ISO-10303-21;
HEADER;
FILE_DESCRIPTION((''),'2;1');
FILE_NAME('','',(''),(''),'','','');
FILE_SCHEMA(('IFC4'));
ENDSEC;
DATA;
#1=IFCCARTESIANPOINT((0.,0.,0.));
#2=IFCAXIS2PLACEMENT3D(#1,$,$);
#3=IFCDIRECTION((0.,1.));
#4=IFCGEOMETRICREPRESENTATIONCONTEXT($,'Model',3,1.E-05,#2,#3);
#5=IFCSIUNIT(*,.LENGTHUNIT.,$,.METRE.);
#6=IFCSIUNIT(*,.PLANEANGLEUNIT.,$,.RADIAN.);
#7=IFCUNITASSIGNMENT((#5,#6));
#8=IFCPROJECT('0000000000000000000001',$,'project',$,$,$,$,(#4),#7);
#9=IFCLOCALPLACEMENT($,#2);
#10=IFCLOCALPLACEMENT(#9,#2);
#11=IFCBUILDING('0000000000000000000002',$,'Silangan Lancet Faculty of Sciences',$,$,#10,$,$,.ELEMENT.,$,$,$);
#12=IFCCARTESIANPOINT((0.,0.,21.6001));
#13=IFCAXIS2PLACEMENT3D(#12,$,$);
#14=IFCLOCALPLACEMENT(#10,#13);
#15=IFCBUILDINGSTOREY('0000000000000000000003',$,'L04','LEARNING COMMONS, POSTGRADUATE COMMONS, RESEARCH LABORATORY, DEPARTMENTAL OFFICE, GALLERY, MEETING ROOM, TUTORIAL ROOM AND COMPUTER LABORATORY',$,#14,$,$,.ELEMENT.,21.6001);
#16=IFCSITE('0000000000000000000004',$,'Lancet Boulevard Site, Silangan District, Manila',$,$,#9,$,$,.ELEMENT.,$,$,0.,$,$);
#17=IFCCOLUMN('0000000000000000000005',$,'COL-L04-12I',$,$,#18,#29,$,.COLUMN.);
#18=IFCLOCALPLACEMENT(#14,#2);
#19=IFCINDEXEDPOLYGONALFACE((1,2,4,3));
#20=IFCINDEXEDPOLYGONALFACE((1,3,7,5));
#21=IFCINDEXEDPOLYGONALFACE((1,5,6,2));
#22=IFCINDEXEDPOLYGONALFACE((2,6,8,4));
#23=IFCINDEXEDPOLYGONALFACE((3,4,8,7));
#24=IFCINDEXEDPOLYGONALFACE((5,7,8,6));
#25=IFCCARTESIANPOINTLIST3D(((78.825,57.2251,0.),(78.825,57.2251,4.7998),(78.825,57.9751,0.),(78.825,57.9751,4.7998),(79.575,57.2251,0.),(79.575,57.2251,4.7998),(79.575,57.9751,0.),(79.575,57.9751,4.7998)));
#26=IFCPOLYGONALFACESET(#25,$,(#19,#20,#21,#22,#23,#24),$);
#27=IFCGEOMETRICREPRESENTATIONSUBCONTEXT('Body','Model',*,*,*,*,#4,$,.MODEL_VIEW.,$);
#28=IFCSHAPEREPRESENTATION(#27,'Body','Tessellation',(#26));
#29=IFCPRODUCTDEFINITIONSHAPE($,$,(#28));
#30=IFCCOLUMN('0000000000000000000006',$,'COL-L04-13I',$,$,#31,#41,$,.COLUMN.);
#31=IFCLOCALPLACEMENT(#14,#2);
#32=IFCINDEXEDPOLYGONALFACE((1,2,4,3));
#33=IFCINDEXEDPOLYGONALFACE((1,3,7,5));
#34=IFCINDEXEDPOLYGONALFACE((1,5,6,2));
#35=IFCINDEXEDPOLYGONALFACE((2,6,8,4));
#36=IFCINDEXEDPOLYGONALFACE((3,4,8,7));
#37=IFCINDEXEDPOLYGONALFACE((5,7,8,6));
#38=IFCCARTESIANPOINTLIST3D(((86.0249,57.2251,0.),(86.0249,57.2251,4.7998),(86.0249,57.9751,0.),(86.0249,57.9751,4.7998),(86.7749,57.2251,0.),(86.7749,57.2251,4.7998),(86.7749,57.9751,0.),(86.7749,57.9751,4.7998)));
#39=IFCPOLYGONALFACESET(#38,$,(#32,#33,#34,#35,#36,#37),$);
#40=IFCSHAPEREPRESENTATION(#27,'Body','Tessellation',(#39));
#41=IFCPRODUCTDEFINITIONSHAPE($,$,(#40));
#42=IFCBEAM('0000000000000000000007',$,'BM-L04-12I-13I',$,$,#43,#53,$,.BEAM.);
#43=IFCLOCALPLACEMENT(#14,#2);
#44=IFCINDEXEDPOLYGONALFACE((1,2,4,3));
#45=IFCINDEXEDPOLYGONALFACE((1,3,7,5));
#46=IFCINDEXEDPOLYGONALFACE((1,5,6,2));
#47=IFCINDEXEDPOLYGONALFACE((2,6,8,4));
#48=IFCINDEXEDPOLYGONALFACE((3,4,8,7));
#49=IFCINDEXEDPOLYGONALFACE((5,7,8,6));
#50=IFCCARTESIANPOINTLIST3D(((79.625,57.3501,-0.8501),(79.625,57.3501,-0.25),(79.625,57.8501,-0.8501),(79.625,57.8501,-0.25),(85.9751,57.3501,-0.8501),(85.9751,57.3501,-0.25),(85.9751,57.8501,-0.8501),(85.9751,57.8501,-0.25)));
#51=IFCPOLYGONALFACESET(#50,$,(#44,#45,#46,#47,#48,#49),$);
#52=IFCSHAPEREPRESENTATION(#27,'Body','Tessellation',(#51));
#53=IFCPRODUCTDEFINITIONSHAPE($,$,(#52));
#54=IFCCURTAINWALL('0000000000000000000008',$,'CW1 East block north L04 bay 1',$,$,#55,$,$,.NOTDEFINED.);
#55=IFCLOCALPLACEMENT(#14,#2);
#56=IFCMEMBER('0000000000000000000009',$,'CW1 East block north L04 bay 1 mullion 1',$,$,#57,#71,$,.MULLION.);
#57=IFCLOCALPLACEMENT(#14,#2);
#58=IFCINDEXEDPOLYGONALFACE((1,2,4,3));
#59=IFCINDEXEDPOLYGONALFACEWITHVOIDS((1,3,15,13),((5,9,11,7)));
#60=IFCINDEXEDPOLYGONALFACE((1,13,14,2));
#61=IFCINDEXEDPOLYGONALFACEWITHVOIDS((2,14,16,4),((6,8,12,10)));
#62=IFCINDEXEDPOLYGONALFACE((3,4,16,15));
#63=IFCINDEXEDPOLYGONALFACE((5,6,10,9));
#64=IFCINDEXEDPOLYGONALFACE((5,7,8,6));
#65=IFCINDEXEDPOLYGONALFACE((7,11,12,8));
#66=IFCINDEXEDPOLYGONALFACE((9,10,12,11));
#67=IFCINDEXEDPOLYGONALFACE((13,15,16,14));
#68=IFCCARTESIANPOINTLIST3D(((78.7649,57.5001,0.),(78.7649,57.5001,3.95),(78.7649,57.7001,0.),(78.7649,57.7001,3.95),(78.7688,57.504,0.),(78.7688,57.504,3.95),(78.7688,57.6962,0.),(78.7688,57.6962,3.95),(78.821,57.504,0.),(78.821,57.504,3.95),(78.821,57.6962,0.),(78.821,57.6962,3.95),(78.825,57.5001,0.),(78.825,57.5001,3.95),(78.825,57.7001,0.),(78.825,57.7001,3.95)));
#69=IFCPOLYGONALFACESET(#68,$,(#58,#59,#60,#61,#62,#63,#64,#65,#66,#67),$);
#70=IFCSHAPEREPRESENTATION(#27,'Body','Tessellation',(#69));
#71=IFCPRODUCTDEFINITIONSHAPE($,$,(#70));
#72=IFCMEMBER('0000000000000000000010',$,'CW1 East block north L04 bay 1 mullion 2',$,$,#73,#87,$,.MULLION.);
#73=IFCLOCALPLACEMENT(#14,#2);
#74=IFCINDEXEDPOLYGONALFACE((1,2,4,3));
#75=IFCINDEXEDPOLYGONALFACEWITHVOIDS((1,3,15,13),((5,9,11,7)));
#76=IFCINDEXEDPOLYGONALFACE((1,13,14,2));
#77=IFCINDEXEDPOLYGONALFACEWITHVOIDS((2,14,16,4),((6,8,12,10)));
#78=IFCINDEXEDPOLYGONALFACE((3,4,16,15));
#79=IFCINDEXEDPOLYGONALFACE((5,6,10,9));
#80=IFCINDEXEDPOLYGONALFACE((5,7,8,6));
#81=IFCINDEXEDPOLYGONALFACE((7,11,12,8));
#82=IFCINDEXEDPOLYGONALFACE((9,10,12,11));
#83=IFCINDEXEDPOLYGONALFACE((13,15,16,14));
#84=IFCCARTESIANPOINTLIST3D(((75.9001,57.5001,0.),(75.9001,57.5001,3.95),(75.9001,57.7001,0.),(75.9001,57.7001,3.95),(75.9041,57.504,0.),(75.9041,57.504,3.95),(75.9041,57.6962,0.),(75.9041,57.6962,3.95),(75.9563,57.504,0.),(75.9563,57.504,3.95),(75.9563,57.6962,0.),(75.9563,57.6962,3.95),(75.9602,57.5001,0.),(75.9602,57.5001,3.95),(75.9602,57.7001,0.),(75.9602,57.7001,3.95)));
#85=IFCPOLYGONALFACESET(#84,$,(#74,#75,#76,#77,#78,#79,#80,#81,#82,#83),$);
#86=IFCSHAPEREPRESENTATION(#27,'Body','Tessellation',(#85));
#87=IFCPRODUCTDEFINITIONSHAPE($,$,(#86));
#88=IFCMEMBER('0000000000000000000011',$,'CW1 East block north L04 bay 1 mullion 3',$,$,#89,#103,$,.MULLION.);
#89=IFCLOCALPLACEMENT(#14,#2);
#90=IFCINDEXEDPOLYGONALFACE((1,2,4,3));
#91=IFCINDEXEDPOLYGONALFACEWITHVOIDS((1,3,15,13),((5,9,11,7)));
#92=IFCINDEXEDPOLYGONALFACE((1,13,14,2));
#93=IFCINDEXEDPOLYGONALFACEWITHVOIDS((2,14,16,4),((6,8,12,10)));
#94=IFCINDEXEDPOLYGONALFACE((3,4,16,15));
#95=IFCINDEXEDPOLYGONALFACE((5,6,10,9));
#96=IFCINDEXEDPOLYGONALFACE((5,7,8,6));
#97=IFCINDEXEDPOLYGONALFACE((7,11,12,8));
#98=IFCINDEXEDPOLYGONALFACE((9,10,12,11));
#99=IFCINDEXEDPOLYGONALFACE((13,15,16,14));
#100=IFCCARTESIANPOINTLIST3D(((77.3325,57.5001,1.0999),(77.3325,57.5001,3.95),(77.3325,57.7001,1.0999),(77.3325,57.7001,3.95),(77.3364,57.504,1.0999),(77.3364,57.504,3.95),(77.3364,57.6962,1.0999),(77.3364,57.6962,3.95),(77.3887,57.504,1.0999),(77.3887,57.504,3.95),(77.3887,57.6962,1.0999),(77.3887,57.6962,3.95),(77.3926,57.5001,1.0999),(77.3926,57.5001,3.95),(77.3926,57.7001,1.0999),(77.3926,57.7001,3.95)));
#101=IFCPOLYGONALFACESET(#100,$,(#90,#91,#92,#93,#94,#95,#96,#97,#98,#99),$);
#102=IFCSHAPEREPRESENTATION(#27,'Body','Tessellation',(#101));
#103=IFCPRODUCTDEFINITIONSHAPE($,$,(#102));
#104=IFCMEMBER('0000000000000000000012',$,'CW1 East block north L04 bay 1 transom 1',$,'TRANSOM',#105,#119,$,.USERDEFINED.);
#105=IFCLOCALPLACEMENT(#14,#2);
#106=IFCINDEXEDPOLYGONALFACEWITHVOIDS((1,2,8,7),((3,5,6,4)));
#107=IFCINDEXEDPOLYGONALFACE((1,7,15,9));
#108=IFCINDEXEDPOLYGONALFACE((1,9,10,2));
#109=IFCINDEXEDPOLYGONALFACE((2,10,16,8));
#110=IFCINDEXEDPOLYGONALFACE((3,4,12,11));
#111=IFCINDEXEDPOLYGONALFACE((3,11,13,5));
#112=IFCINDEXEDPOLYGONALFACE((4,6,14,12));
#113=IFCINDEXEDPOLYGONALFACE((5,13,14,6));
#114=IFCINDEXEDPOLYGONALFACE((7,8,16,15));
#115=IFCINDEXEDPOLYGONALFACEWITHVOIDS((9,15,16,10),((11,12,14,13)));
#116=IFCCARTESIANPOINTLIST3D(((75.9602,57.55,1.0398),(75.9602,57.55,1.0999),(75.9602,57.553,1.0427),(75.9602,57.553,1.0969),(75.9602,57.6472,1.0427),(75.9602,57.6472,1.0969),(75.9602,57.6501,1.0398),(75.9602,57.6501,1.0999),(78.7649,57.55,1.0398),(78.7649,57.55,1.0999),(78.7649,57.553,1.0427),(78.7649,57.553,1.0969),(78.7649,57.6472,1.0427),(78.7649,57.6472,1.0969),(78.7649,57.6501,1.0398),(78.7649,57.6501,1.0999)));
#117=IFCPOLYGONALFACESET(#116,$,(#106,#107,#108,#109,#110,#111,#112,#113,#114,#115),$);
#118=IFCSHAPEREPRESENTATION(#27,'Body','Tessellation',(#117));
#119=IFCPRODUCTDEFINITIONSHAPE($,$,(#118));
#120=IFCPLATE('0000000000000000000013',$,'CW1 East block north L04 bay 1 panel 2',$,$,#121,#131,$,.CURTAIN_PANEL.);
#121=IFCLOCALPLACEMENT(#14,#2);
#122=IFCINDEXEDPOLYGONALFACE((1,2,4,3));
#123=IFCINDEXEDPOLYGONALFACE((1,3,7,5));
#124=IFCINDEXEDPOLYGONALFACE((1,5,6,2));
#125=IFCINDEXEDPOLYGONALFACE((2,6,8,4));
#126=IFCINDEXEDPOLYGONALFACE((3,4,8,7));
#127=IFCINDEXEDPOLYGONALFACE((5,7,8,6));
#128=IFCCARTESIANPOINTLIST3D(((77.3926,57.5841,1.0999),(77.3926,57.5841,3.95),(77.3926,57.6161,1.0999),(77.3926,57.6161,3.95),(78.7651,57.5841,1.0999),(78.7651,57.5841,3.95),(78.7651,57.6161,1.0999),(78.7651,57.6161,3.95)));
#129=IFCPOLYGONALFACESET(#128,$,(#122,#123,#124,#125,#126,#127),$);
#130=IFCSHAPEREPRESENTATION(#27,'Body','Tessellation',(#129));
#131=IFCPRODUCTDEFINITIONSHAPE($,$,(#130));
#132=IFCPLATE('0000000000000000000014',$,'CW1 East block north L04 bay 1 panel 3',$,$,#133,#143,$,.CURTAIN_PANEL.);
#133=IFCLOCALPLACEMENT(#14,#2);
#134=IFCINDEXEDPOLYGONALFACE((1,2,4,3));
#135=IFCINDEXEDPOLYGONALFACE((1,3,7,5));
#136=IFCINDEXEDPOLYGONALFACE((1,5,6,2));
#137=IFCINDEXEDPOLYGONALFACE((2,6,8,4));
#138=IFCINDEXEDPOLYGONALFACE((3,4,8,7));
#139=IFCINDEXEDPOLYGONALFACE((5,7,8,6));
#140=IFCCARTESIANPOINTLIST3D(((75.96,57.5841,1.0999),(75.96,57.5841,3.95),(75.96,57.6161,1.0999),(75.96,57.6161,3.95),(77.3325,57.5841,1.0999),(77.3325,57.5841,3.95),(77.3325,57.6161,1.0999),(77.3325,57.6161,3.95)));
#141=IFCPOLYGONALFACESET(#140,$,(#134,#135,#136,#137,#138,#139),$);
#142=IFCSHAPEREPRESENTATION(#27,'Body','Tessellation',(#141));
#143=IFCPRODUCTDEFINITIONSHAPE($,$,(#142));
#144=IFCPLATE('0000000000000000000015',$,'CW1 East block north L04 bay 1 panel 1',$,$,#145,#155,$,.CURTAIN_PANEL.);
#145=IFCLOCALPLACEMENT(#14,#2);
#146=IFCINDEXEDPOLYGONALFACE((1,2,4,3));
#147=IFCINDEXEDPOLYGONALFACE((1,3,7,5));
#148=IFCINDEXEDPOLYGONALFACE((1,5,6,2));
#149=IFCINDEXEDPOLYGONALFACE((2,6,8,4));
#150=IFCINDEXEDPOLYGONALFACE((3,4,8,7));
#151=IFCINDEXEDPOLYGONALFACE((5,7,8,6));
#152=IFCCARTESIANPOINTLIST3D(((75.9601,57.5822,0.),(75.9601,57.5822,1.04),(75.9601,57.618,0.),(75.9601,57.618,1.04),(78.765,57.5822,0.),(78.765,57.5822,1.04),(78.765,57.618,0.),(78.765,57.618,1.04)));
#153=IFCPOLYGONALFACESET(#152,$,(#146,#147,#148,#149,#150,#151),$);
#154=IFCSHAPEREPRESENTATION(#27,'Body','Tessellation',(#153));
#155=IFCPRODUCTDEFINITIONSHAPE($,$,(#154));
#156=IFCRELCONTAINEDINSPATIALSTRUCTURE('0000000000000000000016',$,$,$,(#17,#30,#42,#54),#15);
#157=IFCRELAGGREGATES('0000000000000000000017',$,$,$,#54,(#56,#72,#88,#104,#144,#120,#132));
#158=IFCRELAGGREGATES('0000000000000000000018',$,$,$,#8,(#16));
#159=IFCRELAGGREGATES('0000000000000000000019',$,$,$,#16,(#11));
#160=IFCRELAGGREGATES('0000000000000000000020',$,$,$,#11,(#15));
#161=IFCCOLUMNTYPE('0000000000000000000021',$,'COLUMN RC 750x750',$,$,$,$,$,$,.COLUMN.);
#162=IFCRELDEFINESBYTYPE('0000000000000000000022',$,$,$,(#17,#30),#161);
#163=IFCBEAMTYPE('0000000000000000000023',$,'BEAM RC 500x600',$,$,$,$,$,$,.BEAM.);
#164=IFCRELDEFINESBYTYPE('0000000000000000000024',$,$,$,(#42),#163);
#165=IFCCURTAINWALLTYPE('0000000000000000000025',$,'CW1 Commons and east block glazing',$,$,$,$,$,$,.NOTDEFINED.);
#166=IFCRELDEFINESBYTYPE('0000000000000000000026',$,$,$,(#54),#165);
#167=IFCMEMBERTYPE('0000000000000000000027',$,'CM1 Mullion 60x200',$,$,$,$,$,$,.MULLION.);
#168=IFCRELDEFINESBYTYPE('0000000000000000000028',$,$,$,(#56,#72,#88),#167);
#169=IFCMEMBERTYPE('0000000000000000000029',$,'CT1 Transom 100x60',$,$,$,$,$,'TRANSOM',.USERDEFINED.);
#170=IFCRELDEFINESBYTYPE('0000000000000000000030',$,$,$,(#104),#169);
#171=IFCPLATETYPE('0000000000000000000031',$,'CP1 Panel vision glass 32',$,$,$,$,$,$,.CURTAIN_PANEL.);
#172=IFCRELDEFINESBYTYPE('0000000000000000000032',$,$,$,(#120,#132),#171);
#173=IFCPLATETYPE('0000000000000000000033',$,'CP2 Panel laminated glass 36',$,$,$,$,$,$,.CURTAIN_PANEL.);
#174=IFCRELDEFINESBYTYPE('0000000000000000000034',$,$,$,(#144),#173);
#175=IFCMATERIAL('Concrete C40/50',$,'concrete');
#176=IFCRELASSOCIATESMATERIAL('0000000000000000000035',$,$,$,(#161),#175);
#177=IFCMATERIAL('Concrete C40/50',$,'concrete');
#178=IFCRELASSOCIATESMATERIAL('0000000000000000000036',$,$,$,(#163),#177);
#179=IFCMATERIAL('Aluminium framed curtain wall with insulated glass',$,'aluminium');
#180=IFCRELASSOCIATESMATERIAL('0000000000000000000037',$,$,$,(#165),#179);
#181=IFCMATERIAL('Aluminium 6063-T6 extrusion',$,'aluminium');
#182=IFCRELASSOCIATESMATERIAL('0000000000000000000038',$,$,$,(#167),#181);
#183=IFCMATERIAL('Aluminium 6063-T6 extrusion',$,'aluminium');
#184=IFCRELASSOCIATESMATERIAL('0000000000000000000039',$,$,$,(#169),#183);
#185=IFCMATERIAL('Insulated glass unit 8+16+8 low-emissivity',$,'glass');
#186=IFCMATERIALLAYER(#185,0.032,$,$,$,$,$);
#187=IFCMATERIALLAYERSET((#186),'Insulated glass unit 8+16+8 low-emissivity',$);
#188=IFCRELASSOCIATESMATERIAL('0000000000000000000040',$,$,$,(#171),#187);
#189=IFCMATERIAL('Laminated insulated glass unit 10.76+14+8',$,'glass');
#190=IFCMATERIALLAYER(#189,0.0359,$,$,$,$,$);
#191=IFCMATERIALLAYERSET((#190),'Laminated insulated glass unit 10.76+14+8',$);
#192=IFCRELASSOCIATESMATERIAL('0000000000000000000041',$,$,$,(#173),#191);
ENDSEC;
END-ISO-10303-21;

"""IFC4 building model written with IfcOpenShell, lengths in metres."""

from ifc_helpers import new_model, si_unit, direction, frame, origin, origin_2d, place, context, subcontext, project, spatial, rectangle, hollow_rectangle, extrude, material, layer, layer_set, material_profile, profile_set, type_object, element, aggregate, save


model = new_model("IFC4")

# Units and contexts
model_context = context("Model", 3, precision=1e-05, world=origin(), true_north=direction((0.0, 1.0)))
body_context = subcontext(model_context, "Body", "Model", "MODEL_VIEW")
ifc_project = project(units=[si_unit("LENGTHUNIT", "METRE"), si_unit("PLANEANGLEUNIT", "RADIAN")], contexts=[model_context])

# Site, building, storey
site_placement = place(None, origin())
site = spatial("IfcSite", under=ifc_project, at=site_placement, Name="Lancet Boulevard Site, Silangan District, Manila", CompositionType="ELEMENT", RefElevation=0.0)
building_placement = place(site_placement, origin())
building = spatial("IfcBuilding", under=site, at=building_placement, Name="Silangan Lancet Faculty of Sciences", CompositionType="ELEMENT")
storey_placement = place(building_placement, frame((0.0, 0.0, 21.6001)))
storey = spatial("IfcBuildingStorey", under=building, at=storey_placement, Name="L04", Description="LEARNING COMMONS, POSTGRADUATE COMMONS, RESEARCH LABORATORY, DEPARTMENTAL OFFICE, GALLERY, MEETING ROOM, TUTORIAL ROOM AND COMPUTER LABORATORY", CompositionType="ELEMENT", Elevation=21.6001)

# Columns
ifc_material_1 = material(Name="Concrete C40/50", Category="concrete")
ifc_material_profile_1 = material_profile(ifc_material_1, rectangle(XDim=0.75, YDim=0.75, at=origin_2d()), Name="RC 750x750")
ifc_profile_set_1 = profile_set([ifc_material_profile_1], Name="Concrete C40/50")
column_type = type_object("IfcColumnType", Name="COLUMN RC 750x750", PredefinedType="COLUMN", material=ifc_profile_set_1)
for number, where, z_axis, x_axis, name in (
    (1, (79.2, 57.6001, 0.0), (0.0, 0.0, 1.0), (1.0, 0.0, 0.0), "COL-L04-12I"),
    (2, (86.3999, 57.6001, 0.0), (0.0, 0.0, 1.0), (1.0, 0.0, 0.0), "COL-L04-13I"),
):
    element("IfcColumn", number, at=place(storey_placement, frame(where, z_axis=z_axis, x_axis=x_axis)), inside=storey, type_object=column_type, Name=name, PredefinedType="COLUMN", context=body_context, shape_type="SweptSolid", body=[
        extrude(rectangle(XDim=0.75, YDim=0.75, at=origin_2d()), origin(), (0.0, 0.0, 1.0), 4.7998),
    ])

# Beam
ifc_material_2 = material(Name="Concrete C40/50", Category="concrete")
ifc_material_profile_2 = material_profile(ifc_material_2, rectangle(XDim=0.5, YDim=0.6001, at=origin_2d()), Name="RC 500x600")
ifc_profile_set_2 = profile_set([ifc_material_profile_2], Name="Concrete C40/50")
beam_type = type_object("IfcBeamType", Name="BEAM RC 500x600", PredefinedType="BEAM", material=ifc_profile_set_2)
beam_placement = place(storey_placement, frame((79.625, 57.6001, -0.55), z_axis=(1.0, 0.0, 0.0), x_axis=(0.0, 1.0, 0.0)))
element("IfcBeam", 3, at=beam_placement, inside=storey, type_object=beam_type, Name="BM-L04-12I-13I", PredefinedType="BEAM", context=body_context, shape_type="SweptSolid", body=[
    extrude(rectangle(XDim=0.5, YDim=0.6001, at=origin_2d()), origin(), (0.0, 0.0, 1.0), 6.3501),
])

# Curtain wall, members, plates
ifc_material_3 = material(Name="Aluminium framed curtain wall with insulated glass", Category="aluminium")
curtain_wall_type = type_object("IfcCurtainWallType", Name="CW1 Commons and east block glazing", PredefinedType="NOTDEFINED", material=ifc_material_3)
curtain_wall_placement = place(storey_placement, origin())
curtain_wall = element("IfcCurtainWall", 4, at=curtain_wall_placement, inside=storey, type_object=curtain_wall_type, Name="CW1 East block north L04 bay 1", PredefinedType="NOTDEFINED")
ifc_material_4 = material(Name="Aluminium 6063-T6 extrusion", Category="aluminium")
ifc_material_profile_3 = material_profile(ifc_material_4, hollow_rectangle(XDim=0.0601, YDim=0.2, WallThickness=0.0039, at=origin_2d()), Name="AL BOX 60x200x4")
ifc_profile_set_3 = profile_set([ifc_material_profile_3], Name="Aluminium 6063-T6 extrusion")
member_type_1 = type_object("IfcMemberType", Name="CM1 Mullion 60x200", PredefinedType="MULLION", material=ifc_profile_set_3)
member_1_placement = place(storey_placement, frame((78.7949, 57.6001, 0.0), z_axis=(0.0, 0.0, 1.0), x_axis=(-1.0, 0.0, 0.0)))
member_1 = element("IfcMember", 5, at=member_1_placement, type_object=member_type_1, Name="CW1 East block north L04 bay 1 mullion 1", PredefinedType="MULLION", context=body_context, shape_type="SweptSolid", body=[
    extrude(hollow_rectangle(XDim=0.0601, YDim=0.2, WallThickness=0.0039, at=origin_2d()), origin(), (0.0, 0.0, 1.0), 3.95),
])
member_2_placement = place(storey_placement, frame((75.9302, 57.6001, 0.0), z_axis=(0.0, 0.0, 1.0), x_axis=(-1.0, 0.0, 0.0)))
member_2 = element("IfcMember", 6, at=member_2_placement, type_object=member_type_1, Name="CW1 East block north L04 bay 1 mullion 2", PredefinedType="MULLION", context=body_context, shape_type="SweptSolid", body=[
    extrude(hollow_rectangle(XDim=0.0601, YDim=0.2, WallThickness=0.0039, at=origin_2d()), origin(), (0.0, 0.0, 1.0), 3.95),
])
member_3_placement = place(storey_placement, frame((77.3625, 57.6001, 1.0999), z_axis=(0.0, 0.0, 1.0), x_axis=(-1.0, 0.0, 0.0)))
member_3 = element("IfcMember", 7, at=member_3_placement, type_object=member_type_1, Name="CW1 East block north L04 bay 1 mullion 3", PredefinedType="MULLION", context=body_context, shape_type="SweptSolid", body=[
    extrude(hollow_rectangle(XDim=0.0601, YDim=0.2, WallThickness=0.0039, at=origin_2d()), origin(), (0.0, 0.0, 1.0), 2.8501),
])
ifc_material_5 = material(Name="Aluminium 6063-T6 extrusion", Category="aluminium")
ifc_material_profile_4 = material_profile(ifc_material_5, hollow_rectangle(XDim=0.1001, YDim=0.0601, WallThickness=0.0029, at=origin_2d()), Name="AL BOX 100x60x3")
ifc_profile_set_4 = profile_set([ifc_material_profile_4], Name="Aluminium 6063-T6 extrusion")
member_type_2 = type_object("IfcMemberType", Name="CT1 Transom 100x60", ElementType="TRANSOM", PredefinedType="USERDEFINED", material=ifc_profile_set_4)
member_4_placement = place(storey_placement, frame((78.7649, 57.6001, 1.0698), z_axis=(-1.0, 0.0, 0.0), x_axis=(0.0, -1.0, 0.0)))
member_4 = element("IfcMember", 8, at=member_4_placement, type_object=member_type_2, Name="CW1 East block north L04 bay 1 transom 1", ObjectType="TRANSOM", PredefinedType="USERDEFINED", context=body_context, shape_type="SweptSolid", body=[
    extrude(hollow_rectangle(XDim=0.1001, YDim=0.0601, WallThickness=0.0029, at=origin_2d()), origin(), (0.0, 0.0, 1.0), 2.8047),
])
ifc_material_6 = material(Name="Insulated glass unit 8+16+8 low-emissivity", Category="glass")
ifc_layer_1 = layer(ifc_material_6, 0.032)
ifc_layer_set_1 = layer_set([ifc_layer_1], Name="Insulated glass unit 8+16+8 low-emissivity")
plate_type_1 = type_object("IfcPlateType", Name="CP1 Panel vision glass 32", PredefinedType="CURTAIN_PANEL", material=ifc_layer_set_1)
plate_1_placement = place(storey_placement, frame((78.0789, 57.6001, 1.0999), z_axis=(0.0, 0.0, 1.0), x_axis=(-1.0, 0.0, 0.0)))
plate_1 = element("IfcPlate", 9, at=plate_1_placement, type_object=plate_type_1, Name="CW1 East block north L04 bay 1 panel 2", PredefinedType="CURTAIN_PANEL", context=body_context, shape_type="SweptSolid", body=[
    extrude(rectangle(XDim=1.3726, YDim=0.032, at=origin_2d()), origin(), (0.0, 0.0, 1.0), 2.8501),
])
plate_2_placement = place(storey_placement, frame((76.6462, 57.6001, 1.0999), z_axis=(0.0, 0.0, 1.0), x_axis=(-1.0, 0.0, 0.0)))
plate_2 = element("IfcPlate", 10, at=plate_2_placement, type_object=plate_type_1, Name="CW1 East block north L04 bay 1 panel 3", PredefinedType="CURTAIN_PANEL", context=body_context, shape_type="SweptSolid", body=[
    extrude(rectangle(XDim=1.3726, YDim=0.032, at=origin_2d()), origin(), (0.0, 0.0, 1.0), 2.8501),
])
ifc_material_7 = material(Name="Laminated insulated glass unit 10.76+14+8", Category="glass")
ifc_layer_2 = layer(ifc_material_7, 0.0359)
ifc_layer_set_2 = layer_set([ifc_layer_2], Name="Laminated insulated glass unit 10.76+14+8")
plate_type_2 = type_object("IfcPlateType", Name="CP2 Panel laminated glass 36", PredefinedType="CURTAIN_PANEL", material=ifc_layer_set_2)
plate_3_placement = place(storey_placement, frame((77.3625, 57.6001, 0.0), z_axis=(0.0, 0.0, 1.0), x_axis=(-1.0, 0.0, 0.0)))
plate_3 = element("IfcPlate", 11, at=plate_3_placement, type_object=plate_type_2, Name="CW1 East block north L04 bay 1 panel 1", PredefinedType="CURTAIN_PANEL", context=body_context, shape_type="SweptSolid", body=[
    extrude(rectangle(XDim=2.8049, YDim=0.0359, at=origin_2d()), origin(), (0.0, 0.0, 1.0), 1.04),
])
aggregate(curtain_wall, [member_1, member_2, member_3, member_4, plate_3, plate_1, plate_2])

save(model, "model.ifc")
